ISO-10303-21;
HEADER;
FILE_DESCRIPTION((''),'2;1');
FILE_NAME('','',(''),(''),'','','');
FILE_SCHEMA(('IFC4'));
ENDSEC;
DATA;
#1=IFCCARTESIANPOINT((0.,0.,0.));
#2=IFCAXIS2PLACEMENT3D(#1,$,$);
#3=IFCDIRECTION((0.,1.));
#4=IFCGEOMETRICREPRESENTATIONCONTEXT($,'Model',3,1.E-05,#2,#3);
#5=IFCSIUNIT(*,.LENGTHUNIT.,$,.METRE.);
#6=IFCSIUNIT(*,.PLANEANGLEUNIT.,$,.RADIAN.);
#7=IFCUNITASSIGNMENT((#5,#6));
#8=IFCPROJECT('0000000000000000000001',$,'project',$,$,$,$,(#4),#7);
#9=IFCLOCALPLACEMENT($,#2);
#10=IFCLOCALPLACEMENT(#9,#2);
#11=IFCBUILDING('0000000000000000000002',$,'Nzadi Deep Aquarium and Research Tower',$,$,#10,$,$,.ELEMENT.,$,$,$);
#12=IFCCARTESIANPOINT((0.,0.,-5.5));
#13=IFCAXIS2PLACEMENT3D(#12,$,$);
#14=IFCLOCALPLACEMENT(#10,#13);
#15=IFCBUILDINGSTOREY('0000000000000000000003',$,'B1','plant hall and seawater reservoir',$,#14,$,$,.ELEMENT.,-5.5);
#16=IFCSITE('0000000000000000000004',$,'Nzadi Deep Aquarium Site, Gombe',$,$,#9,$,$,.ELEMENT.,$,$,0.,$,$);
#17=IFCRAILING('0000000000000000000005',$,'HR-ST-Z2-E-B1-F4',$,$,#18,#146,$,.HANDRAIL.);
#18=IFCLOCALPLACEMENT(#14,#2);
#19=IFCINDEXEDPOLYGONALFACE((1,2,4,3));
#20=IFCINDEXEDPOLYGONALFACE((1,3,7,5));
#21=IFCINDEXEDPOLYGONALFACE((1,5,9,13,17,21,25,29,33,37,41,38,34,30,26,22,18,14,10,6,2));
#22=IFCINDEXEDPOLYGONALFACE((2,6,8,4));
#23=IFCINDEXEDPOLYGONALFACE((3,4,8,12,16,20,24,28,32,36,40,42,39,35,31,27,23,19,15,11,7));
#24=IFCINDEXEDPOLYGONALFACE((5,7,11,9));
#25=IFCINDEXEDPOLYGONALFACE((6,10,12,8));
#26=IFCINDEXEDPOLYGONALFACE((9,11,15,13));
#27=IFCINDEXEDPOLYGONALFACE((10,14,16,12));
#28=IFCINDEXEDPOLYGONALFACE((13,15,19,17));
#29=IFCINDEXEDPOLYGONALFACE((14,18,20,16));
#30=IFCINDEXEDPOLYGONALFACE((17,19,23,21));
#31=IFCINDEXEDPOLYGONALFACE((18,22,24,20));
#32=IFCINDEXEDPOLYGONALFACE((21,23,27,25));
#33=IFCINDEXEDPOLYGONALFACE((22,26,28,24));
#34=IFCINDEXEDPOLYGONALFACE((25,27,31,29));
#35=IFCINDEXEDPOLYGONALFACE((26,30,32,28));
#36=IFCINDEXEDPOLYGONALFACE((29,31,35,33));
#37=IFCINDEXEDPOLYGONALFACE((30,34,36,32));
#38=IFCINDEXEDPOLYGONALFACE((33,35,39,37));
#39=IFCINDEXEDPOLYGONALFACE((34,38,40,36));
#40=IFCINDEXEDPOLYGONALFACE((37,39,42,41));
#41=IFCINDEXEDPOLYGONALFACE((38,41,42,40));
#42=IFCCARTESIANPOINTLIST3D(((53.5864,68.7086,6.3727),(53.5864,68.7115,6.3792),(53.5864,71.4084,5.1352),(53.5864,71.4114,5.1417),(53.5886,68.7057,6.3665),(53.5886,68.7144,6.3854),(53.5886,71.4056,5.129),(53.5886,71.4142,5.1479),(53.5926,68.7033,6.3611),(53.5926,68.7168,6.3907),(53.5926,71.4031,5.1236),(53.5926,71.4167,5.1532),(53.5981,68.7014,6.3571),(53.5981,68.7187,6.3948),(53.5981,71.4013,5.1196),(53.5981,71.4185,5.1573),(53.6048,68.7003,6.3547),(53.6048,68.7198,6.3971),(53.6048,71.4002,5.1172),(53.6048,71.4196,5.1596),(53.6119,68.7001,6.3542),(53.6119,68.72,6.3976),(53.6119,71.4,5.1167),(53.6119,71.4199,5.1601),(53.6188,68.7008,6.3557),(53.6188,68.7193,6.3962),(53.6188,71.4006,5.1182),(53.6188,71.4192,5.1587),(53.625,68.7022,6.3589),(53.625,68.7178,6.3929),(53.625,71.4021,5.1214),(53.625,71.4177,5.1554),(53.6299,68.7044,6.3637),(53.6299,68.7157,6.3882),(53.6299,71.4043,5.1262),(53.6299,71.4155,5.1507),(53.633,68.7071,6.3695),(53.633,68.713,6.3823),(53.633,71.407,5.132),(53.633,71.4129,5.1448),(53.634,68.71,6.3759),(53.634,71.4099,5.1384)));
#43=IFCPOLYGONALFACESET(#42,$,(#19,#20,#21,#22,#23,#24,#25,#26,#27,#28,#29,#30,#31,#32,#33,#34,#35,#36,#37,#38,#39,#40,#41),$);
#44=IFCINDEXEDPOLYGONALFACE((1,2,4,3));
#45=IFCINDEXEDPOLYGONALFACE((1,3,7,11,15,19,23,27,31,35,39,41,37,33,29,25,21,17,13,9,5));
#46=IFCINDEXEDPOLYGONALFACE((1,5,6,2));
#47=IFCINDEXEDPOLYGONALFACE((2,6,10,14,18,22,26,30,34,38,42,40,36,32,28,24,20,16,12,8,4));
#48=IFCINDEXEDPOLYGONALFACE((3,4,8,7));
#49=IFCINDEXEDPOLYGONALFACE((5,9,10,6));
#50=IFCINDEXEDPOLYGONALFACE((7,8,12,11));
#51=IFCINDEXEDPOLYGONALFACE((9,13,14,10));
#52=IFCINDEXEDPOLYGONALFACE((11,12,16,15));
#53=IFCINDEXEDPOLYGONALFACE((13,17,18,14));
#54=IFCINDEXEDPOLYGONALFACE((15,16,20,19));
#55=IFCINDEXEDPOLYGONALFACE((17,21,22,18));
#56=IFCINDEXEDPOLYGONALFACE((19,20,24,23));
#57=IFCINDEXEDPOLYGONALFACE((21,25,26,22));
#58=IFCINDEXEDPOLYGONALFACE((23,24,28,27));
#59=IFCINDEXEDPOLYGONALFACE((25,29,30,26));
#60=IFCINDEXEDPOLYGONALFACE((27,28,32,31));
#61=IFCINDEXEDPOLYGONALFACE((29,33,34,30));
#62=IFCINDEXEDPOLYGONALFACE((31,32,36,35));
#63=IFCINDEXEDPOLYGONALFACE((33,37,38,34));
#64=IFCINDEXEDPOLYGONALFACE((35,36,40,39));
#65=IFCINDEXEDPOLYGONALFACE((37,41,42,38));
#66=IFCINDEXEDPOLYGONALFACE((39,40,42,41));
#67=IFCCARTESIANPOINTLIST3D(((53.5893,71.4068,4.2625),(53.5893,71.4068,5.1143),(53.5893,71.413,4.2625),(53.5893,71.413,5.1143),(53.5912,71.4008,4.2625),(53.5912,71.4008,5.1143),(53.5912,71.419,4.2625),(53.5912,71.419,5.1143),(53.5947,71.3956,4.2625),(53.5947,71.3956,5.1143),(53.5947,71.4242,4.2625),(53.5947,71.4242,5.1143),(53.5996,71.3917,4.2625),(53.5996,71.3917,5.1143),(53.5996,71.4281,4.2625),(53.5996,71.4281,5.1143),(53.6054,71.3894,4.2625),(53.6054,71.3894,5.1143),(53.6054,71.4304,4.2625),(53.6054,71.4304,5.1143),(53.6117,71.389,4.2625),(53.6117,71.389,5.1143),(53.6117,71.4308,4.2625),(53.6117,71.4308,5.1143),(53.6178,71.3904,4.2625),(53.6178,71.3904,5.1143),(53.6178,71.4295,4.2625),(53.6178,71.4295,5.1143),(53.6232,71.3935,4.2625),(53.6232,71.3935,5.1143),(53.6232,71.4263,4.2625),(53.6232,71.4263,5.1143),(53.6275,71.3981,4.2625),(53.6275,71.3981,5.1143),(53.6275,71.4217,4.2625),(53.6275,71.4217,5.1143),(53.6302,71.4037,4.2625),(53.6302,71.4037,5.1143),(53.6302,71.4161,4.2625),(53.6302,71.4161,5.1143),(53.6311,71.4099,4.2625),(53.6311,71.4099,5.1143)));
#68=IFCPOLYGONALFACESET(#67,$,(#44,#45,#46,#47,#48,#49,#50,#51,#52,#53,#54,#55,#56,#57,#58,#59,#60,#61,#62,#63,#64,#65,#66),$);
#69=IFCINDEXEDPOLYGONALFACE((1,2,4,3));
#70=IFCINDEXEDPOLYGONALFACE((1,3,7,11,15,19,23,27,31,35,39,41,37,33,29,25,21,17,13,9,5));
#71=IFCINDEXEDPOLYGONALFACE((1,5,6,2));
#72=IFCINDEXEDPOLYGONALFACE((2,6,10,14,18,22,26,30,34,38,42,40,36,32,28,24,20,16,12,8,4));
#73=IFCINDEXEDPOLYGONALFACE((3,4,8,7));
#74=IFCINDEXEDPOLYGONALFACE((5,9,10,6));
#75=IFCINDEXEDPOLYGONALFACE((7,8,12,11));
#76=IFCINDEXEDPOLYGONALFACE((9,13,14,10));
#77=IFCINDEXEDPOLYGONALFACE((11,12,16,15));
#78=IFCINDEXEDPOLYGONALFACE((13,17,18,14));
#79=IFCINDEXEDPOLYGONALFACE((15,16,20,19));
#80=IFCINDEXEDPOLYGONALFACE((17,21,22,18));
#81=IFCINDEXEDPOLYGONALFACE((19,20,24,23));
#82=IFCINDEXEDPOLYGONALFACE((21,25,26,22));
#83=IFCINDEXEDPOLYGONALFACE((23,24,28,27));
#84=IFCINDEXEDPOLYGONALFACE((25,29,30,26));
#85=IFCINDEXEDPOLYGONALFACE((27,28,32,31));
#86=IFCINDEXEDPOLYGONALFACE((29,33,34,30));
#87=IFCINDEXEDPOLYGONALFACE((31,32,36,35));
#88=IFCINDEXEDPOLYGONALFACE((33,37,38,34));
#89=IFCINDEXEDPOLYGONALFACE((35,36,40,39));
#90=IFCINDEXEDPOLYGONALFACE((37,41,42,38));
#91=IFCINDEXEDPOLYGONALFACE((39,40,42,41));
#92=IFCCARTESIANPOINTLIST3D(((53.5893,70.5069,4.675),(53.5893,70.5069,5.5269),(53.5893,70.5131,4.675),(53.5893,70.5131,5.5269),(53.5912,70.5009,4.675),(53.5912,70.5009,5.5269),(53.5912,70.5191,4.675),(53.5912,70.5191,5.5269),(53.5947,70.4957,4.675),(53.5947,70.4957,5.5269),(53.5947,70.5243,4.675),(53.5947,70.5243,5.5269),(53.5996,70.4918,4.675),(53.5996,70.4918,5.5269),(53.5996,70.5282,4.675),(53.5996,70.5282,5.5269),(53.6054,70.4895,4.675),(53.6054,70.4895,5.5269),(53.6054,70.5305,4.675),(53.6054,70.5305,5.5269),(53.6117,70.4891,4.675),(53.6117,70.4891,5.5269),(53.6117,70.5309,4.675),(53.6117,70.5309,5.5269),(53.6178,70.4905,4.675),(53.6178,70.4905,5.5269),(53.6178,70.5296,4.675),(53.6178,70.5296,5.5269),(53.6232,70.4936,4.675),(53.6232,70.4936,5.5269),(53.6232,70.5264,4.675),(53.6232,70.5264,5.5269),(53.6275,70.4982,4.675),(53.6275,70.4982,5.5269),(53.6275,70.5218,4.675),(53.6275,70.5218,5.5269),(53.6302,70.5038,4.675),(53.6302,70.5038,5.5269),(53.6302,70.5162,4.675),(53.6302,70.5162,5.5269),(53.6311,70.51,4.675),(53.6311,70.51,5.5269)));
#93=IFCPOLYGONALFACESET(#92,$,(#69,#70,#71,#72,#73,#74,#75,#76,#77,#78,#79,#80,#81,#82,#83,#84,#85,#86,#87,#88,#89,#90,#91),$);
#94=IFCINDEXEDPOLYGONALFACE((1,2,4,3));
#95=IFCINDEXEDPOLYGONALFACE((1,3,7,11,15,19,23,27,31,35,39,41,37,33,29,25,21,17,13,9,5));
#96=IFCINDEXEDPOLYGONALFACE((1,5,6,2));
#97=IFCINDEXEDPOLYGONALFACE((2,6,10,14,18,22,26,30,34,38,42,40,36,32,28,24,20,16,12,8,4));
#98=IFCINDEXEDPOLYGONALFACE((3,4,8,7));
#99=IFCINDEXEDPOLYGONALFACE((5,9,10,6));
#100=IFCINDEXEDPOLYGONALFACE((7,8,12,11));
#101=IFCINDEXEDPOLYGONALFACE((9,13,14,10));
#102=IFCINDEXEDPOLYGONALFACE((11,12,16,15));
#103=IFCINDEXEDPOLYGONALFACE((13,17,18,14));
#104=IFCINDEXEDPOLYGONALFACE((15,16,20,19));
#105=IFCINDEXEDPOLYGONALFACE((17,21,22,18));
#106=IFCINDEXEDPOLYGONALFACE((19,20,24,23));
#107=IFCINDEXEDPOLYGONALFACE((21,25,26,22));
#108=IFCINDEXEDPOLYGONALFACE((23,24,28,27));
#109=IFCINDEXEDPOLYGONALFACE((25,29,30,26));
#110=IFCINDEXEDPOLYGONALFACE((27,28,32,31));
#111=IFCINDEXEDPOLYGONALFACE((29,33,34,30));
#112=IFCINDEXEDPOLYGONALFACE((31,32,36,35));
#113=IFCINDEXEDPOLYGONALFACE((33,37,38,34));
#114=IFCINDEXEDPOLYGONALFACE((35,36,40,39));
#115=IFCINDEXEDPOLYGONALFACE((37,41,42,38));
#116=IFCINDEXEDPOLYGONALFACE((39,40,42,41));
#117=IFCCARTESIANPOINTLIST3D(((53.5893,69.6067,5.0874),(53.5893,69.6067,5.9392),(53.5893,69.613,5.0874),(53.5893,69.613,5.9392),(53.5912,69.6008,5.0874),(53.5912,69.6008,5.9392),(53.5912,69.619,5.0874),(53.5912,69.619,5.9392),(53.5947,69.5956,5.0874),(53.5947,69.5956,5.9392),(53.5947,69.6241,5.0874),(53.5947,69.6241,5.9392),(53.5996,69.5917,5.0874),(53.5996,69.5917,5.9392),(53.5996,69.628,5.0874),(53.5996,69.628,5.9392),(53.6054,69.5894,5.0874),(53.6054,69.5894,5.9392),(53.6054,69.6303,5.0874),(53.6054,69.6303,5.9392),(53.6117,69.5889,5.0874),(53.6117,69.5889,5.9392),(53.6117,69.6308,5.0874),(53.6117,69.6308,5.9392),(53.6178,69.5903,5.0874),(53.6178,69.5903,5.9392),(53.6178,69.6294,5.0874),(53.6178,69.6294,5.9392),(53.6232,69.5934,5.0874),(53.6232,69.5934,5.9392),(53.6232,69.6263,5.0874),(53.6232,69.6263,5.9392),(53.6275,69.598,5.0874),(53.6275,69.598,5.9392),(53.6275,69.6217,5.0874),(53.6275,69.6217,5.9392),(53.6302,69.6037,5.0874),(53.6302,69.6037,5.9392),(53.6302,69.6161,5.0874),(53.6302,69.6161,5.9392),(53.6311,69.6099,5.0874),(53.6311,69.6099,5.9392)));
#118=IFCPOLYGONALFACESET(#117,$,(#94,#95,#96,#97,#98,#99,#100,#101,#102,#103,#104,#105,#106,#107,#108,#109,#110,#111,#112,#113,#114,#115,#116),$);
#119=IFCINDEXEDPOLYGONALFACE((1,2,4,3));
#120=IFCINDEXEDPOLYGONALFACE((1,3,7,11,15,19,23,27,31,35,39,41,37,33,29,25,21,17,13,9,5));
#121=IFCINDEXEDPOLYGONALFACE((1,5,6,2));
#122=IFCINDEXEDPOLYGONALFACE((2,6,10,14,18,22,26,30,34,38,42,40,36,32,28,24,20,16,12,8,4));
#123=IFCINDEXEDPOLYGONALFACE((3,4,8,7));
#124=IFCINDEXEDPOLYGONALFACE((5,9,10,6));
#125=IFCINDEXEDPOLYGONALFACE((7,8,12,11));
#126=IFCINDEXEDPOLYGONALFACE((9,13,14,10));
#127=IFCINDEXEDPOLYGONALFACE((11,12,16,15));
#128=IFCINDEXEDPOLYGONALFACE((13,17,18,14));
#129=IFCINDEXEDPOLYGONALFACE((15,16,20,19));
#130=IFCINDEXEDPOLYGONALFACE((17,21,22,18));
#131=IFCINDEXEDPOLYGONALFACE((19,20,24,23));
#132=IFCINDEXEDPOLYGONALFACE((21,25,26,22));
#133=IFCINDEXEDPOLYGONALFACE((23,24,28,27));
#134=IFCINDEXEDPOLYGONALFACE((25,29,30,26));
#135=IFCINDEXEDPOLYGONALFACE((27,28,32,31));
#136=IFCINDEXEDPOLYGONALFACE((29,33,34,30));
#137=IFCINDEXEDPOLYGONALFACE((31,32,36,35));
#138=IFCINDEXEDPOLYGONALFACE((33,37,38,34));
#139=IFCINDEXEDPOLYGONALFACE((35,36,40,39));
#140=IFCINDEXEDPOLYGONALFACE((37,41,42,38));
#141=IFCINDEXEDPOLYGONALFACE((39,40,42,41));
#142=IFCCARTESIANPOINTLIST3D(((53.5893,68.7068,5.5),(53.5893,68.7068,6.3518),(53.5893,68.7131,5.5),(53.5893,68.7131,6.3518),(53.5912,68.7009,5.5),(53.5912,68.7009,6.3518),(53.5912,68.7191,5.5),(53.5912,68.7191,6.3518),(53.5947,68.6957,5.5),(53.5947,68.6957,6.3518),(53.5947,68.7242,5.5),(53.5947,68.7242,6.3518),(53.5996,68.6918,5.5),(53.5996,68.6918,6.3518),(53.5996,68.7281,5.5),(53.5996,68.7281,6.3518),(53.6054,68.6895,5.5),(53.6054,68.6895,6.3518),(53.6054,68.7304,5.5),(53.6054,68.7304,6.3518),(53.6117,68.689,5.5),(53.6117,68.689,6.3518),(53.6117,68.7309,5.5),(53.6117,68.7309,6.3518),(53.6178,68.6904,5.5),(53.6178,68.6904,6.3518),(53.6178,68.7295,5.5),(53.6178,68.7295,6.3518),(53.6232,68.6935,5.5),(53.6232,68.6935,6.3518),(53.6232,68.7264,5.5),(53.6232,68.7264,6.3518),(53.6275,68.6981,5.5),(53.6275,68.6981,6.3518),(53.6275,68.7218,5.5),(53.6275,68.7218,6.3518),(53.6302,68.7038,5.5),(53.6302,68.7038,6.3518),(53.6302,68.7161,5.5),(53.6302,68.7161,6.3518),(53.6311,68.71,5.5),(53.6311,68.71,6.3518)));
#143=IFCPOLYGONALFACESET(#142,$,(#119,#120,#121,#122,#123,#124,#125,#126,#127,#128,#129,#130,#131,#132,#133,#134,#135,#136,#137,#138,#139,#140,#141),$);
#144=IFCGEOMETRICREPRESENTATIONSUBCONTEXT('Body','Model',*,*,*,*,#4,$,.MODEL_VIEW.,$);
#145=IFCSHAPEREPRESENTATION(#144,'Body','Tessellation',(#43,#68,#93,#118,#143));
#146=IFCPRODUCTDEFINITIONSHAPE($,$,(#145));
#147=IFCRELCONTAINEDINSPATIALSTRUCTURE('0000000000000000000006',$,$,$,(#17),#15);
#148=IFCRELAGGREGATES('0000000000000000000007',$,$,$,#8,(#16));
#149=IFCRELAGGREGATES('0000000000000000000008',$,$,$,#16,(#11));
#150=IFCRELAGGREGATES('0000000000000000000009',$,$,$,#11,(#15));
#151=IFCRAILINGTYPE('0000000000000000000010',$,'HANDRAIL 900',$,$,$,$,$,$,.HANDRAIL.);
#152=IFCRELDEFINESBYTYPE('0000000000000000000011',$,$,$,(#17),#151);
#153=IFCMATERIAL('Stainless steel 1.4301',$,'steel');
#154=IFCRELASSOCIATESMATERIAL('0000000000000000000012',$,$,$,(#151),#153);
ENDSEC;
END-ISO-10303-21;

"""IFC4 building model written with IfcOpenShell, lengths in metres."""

from ifc_helpers import new_model, si_unit, direction, frame, origin, origin_2d, place, context, subcontext, project, spatial, circle, extrude, material, type_object, element, save


model = new_model("IFC4")

# Units and contexts
model_context = context("Model", 3, precision=1e-05, world=origin(), true_north=direction((0.0, 1.0)))
body_context = subcontext(model_context, "Body", "Model", "MODEL_VIEW")
ifc_project = project(units=[si_unit("LENGTHUNIT", "METRE"), si_unit("PLANEANGLEUNIT", "RADIAN")], contexts=[model_context])

# Site, building, storey
site_placement = place(None, origin())
site = spatial("IfcSite", under=ifc_project, at=site_placement, Name="Nzadi Deep Aquarium Site, Gombe", CompositionType="ELEMENT", RefElevation=0.0)
building_placement = place(site_placement, origin())
building = spatial("IfcBuilding", under=site, at=building_placement, Name="Nzadi Deep Aquarium and Research Tower", CompositionType="ELEMENT")
storey_placement = place(building_placement, frame((0.0, 0.0, -5.5)))
storey = spatial("IfcBuildingStorey", under=building, at=storey_placement, Name="B1", Description="plant hall and seawater reservoir", CompositionType="ELEMENT", Elevation=-5.5)

# Railing
ifc_material_1 = material(Name="Stainless steel 1.4301", Category="steel")
railing_type = type_object("IfcRailingType", Name="HANDRAIL 900", PredefinedType="HANDRAIL", material=ifc_material_1)
for number, where, name in (
    (1, (53.6101, 71.4099, 4.2625), "HR-ST-Z2-E-B1-F4"),
):
    element("IfcRailing", number, at=place(storey_placement, frame(where)), inside=storey, type_object=railing_type, Name=name, PredefinedType="HANDRAIL", context=body_context, shape_type="SweptSolid", body=[
        extrude(circle(Radius=0.0239, at=origin_2d()), frame((0.0, 0.0, 0.876), z_axis=(0.0, -0.909056, 0.416675), x_axis=(1.0, 0.0, 0.0)), (0.0, 0.0, 1.0), 2.97),
        extrude(circle(Radius=0.021, at=origin_2d()), origin(), (0.0, 0.0, 1.0), 0.8518),
        extrude(circle(Radius=0.021, at=origin_2d()), frame((0.0, -0.8999, 0.4126)), (0.0, 0.0, 1.0), 0.8518),
        extrude(circle(Radius=0.021, at=origin_2d()), frame((0.0, -1.8, 0.825)), (0.0, 0.0, 1.0), 0.8518),
        extrude(circle(Radius=0.021, at=origin_2d()), frame((0.0, -2.7, 1.2375)), (0.0, 0.0, 1.0), 0.8518),
    ])

save(model, "model.ifc")
